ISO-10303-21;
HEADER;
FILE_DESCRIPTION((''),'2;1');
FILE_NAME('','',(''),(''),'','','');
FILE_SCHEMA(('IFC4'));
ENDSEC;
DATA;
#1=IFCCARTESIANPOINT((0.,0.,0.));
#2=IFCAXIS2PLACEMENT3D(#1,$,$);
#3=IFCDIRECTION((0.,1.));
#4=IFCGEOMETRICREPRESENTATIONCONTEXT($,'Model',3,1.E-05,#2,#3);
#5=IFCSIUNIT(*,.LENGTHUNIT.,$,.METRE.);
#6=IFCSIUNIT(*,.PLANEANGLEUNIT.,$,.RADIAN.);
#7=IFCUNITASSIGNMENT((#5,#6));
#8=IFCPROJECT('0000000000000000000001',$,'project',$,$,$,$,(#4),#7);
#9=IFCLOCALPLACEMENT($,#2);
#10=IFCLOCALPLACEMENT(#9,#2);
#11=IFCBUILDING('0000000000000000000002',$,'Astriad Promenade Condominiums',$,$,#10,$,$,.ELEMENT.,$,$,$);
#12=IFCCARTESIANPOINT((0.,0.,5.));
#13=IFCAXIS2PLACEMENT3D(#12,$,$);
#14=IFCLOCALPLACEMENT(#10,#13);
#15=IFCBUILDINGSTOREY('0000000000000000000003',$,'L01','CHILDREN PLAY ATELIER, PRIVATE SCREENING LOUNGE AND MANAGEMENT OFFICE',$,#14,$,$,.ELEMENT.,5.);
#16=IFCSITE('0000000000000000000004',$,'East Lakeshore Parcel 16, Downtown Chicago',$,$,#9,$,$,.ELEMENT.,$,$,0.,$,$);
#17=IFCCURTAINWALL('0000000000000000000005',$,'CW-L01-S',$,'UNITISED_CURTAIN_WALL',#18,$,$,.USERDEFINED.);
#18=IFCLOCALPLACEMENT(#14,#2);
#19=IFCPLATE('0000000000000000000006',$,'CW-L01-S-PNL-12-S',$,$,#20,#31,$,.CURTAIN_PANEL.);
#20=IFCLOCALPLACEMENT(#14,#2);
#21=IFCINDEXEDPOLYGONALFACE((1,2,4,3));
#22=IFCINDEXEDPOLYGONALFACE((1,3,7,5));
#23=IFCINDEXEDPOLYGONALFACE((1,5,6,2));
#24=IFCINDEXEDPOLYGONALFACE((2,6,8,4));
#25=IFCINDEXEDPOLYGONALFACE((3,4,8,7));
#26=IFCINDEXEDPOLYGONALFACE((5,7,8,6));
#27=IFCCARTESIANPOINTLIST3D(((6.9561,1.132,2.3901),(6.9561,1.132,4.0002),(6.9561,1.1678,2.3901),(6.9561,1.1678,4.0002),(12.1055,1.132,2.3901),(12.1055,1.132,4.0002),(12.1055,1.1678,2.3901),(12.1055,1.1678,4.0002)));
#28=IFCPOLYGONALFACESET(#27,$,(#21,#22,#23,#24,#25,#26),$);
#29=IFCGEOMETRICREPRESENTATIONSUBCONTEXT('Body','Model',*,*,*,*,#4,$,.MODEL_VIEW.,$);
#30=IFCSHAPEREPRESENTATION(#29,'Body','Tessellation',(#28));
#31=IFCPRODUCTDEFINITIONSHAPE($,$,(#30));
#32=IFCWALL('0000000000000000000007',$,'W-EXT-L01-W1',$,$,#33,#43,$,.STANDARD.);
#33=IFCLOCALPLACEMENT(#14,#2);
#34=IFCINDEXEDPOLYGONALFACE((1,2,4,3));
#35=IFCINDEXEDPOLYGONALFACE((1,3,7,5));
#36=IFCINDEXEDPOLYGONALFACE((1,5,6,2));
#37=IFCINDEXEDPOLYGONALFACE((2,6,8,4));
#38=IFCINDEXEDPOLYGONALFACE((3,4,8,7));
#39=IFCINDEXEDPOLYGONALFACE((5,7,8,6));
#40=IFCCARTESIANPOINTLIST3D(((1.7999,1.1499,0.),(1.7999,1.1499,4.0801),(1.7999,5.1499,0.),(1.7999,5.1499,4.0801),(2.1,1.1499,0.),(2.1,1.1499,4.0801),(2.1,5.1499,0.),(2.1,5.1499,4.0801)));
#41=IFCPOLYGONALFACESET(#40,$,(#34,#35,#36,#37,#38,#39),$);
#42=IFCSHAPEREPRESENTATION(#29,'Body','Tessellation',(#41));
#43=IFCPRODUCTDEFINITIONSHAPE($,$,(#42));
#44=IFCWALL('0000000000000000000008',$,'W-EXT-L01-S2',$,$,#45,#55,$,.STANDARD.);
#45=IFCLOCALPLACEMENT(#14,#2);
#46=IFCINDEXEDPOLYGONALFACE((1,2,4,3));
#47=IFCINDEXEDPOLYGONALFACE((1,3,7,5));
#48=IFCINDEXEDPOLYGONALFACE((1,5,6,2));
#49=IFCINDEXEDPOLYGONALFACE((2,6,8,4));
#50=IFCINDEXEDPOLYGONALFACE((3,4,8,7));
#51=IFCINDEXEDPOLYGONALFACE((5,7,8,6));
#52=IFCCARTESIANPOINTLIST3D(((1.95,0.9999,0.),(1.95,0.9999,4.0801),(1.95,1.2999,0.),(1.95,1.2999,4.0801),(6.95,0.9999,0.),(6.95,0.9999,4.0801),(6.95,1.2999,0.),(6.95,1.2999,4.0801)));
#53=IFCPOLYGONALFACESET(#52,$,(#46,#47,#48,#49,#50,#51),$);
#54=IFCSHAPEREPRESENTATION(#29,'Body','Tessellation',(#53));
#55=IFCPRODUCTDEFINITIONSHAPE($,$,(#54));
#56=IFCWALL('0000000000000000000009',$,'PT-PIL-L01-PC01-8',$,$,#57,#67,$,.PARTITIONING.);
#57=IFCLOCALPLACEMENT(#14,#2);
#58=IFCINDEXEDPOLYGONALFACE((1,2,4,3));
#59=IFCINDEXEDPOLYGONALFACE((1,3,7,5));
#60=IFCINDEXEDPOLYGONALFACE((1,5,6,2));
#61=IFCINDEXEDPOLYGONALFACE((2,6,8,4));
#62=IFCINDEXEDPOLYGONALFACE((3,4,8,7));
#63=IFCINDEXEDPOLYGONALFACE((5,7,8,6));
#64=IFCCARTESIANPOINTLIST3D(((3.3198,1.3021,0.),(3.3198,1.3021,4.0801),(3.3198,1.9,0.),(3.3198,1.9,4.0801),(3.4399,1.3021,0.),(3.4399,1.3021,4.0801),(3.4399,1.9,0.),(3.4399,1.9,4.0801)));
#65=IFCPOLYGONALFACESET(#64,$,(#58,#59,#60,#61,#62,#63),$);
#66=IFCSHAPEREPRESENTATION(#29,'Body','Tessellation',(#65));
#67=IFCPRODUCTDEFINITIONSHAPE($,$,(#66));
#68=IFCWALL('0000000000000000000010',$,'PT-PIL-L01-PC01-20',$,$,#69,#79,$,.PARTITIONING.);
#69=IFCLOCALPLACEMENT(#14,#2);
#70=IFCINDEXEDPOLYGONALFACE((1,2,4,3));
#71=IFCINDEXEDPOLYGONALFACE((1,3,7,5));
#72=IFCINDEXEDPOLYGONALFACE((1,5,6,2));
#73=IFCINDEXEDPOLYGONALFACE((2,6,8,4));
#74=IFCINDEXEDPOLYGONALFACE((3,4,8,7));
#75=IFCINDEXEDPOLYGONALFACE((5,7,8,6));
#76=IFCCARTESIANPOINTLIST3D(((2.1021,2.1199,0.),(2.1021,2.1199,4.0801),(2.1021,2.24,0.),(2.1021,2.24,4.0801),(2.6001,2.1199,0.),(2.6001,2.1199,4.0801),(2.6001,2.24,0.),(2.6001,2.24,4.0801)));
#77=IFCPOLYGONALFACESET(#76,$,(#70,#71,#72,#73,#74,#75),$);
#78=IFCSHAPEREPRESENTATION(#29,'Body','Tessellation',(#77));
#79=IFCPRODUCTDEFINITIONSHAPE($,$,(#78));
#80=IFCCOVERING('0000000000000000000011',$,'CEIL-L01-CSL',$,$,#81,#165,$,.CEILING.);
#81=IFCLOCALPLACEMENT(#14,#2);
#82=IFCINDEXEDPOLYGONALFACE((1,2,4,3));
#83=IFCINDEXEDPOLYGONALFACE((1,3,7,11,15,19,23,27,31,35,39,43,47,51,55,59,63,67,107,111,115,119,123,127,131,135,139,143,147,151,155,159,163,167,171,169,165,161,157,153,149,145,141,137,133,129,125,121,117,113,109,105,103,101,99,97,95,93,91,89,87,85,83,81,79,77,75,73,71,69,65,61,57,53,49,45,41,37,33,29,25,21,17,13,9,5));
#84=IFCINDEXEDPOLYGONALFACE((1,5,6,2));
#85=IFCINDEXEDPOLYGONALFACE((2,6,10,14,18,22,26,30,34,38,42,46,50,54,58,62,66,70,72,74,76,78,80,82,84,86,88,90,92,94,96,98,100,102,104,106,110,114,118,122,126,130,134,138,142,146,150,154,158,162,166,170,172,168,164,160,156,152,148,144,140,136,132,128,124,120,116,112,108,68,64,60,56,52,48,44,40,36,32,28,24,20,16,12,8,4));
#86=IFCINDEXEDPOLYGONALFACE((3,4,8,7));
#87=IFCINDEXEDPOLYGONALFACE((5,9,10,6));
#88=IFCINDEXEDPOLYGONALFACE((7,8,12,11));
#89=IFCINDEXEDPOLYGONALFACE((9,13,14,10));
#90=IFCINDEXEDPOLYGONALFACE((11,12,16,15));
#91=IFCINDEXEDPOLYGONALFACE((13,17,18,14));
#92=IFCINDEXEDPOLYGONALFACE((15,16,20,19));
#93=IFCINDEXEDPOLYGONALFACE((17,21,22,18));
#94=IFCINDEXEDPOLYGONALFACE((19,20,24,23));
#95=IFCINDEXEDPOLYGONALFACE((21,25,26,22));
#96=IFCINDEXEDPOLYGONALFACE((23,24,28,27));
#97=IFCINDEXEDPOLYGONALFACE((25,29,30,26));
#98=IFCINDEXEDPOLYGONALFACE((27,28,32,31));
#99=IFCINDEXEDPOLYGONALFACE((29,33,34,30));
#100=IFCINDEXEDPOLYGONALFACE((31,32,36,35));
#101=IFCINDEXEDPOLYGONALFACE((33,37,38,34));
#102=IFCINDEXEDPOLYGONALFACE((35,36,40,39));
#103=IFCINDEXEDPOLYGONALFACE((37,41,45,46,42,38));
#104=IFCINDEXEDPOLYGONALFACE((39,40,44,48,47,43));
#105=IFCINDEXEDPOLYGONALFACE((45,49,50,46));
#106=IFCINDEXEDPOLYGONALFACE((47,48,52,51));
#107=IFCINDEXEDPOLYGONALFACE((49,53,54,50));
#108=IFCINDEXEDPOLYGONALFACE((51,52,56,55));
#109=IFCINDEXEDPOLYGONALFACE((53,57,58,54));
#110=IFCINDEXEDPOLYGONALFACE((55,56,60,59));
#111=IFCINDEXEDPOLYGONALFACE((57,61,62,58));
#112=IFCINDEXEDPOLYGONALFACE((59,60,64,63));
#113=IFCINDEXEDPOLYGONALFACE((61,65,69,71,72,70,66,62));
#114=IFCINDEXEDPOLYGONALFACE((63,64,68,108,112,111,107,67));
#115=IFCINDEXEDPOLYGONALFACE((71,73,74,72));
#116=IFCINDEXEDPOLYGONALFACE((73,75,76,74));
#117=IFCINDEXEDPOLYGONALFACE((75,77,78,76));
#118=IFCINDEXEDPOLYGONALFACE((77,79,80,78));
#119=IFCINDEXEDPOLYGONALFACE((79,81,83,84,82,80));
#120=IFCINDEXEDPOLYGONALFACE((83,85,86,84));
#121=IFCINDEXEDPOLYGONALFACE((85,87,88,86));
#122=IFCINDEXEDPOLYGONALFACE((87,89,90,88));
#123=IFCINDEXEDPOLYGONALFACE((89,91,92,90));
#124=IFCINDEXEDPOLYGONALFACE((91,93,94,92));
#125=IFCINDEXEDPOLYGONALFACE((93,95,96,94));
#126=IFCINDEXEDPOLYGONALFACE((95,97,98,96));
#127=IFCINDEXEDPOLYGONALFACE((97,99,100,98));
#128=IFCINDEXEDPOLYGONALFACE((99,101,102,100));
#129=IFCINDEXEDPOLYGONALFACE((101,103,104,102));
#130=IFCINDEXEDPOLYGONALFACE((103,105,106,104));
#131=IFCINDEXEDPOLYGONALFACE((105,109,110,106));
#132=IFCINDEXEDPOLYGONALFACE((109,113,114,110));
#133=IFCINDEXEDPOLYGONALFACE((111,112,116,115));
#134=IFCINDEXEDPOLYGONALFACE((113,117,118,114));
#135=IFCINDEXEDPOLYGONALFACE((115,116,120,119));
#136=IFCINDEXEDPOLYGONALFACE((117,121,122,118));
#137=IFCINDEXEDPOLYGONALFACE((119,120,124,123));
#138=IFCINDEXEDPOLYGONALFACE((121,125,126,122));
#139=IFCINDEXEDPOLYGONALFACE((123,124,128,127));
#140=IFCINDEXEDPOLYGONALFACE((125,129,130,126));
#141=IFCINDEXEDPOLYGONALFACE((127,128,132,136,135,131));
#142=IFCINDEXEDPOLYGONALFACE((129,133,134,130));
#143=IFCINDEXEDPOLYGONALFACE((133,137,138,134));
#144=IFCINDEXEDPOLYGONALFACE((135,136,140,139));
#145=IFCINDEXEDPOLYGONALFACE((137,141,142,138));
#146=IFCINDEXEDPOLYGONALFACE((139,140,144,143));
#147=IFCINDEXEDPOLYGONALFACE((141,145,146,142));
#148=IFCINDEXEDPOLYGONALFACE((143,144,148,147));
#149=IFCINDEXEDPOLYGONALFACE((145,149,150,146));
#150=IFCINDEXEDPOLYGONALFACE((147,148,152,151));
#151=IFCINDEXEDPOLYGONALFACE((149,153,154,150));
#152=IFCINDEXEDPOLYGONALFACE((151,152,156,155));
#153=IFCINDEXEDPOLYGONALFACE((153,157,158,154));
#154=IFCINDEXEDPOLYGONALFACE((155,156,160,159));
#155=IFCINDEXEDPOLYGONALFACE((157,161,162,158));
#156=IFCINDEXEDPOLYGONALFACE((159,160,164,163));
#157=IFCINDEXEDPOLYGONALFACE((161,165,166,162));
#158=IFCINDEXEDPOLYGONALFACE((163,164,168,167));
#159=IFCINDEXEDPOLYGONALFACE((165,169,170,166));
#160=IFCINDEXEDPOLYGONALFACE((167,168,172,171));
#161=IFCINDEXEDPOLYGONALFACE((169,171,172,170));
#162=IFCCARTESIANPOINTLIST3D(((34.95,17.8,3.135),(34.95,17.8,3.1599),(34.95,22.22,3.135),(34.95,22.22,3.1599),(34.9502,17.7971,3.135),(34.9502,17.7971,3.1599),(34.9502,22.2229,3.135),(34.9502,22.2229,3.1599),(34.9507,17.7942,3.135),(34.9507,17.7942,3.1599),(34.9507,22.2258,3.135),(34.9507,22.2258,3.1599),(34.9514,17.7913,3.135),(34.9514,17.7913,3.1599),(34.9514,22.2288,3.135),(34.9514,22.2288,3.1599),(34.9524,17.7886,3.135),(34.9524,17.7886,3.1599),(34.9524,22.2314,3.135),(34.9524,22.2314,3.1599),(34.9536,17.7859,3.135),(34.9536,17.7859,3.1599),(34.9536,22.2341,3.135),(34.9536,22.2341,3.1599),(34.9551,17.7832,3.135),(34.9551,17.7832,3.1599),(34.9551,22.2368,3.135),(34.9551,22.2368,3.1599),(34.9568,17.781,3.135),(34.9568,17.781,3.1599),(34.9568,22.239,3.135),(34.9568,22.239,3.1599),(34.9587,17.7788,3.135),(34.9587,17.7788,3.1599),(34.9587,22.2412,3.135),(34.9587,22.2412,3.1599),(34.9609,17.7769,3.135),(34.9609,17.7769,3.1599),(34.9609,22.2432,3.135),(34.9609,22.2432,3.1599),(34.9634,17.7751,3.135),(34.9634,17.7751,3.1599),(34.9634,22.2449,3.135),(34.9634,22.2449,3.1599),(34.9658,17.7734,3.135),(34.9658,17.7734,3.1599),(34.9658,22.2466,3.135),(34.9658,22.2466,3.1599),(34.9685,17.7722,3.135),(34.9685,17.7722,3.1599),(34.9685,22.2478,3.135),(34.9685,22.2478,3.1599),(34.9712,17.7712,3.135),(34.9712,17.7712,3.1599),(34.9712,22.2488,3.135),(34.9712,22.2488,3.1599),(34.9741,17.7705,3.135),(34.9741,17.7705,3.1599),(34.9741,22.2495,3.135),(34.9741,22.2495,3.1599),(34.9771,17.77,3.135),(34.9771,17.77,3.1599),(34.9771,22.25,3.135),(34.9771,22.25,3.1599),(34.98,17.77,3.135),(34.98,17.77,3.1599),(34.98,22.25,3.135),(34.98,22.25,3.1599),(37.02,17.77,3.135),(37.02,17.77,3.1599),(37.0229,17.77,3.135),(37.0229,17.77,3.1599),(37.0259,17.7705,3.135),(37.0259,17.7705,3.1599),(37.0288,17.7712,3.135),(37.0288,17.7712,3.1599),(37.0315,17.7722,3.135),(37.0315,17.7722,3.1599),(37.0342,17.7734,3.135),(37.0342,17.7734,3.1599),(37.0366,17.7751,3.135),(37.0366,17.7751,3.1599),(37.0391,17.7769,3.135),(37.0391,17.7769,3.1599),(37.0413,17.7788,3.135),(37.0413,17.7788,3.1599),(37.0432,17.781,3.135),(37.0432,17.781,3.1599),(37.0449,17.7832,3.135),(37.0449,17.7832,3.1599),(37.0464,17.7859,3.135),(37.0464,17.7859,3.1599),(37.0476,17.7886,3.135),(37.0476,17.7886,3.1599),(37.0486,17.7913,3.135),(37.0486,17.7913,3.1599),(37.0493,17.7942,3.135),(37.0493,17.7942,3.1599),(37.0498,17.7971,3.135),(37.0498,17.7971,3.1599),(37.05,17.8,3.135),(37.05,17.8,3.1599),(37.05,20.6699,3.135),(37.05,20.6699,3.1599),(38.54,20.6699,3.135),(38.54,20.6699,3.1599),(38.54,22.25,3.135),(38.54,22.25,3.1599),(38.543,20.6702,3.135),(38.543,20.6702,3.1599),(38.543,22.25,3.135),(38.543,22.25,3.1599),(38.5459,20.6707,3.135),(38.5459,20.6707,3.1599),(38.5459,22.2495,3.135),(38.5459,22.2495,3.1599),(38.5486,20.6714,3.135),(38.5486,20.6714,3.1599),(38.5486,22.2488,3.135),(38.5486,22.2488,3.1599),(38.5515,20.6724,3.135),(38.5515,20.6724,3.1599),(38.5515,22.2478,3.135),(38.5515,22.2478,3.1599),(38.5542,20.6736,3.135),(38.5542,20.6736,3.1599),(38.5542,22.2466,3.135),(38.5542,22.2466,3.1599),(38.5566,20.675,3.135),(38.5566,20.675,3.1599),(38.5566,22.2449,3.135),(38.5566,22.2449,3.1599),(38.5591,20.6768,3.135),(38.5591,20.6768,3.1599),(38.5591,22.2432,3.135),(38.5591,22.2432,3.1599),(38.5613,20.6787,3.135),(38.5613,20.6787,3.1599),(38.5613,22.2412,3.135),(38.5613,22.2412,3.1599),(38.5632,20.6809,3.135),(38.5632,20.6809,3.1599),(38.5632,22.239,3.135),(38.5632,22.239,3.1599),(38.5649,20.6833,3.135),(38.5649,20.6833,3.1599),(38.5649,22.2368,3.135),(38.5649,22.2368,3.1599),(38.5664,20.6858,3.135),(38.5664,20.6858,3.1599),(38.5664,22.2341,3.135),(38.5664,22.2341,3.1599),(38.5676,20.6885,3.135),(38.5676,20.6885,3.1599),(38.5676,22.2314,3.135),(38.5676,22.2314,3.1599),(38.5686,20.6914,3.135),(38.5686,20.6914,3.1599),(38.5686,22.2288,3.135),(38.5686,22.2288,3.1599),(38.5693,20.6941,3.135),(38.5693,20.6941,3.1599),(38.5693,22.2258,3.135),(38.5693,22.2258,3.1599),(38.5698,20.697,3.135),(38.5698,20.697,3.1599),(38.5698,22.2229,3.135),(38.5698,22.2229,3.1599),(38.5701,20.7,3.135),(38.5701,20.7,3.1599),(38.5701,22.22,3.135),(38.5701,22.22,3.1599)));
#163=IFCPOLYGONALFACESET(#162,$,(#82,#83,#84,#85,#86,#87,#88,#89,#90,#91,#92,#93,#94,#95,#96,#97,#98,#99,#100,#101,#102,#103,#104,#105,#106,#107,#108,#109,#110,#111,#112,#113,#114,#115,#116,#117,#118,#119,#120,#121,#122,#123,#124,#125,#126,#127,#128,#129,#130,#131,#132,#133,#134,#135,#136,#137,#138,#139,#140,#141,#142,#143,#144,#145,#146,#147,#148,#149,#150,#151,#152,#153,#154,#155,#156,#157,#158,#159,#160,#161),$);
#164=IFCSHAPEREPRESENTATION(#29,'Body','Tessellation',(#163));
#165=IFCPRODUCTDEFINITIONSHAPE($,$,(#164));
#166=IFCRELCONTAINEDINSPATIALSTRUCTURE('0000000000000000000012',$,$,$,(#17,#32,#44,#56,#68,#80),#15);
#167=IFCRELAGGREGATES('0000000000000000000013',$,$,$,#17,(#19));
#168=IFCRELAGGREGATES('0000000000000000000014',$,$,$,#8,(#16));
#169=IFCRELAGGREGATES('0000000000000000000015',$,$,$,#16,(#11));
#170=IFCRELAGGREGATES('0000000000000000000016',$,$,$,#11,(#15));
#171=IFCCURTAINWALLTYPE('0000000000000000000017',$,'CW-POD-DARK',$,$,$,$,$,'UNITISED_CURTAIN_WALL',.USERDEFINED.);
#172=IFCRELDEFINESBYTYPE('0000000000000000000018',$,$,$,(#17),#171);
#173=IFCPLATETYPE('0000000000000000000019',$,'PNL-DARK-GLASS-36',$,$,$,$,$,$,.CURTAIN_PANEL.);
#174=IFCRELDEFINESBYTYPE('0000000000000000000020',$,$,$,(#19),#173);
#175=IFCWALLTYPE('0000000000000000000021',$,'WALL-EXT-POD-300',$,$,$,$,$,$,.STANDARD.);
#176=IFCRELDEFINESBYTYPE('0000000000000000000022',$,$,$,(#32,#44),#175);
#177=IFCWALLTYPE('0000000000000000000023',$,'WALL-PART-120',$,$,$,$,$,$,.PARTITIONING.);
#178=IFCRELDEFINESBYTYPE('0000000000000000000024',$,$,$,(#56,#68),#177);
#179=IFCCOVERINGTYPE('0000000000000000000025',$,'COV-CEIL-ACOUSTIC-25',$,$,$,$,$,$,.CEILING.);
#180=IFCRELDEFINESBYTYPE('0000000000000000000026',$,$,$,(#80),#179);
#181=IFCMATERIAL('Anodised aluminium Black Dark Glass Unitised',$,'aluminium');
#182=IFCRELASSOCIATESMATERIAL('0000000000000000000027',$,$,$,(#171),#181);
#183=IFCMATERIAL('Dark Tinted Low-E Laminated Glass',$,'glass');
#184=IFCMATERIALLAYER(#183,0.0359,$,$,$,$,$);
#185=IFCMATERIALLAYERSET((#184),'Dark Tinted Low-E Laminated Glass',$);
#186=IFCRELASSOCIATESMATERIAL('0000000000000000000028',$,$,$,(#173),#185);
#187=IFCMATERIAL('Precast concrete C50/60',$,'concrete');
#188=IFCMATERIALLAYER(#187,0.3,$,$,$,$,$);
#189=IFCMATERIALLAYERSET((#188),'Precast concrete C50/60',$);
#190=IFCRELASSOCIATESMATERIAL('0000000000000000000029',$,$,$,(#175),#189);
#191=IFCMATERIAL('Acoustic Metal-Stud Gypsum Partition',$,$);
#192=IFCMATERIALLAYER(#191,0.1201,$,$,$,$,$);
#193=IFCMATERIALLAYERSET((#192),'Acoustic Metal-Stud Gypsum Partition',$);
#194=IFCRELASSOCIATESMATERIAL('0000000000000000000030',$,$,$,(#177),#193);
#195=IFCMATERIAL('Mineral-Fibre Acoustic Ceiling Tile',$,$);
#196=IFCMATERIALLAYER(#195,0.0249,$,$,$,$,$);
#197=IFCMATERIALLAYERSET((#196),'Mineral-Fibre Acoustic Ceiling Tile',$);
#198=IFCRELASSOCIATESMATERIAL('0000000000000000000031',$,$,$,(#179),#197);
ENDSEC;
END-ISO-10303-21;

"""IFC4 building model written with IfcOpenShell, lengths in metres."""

from ifc_helpers import new_model, si_unit, direction, frame, frame_2d, origin, origin_2d, place, context, subcontext, project, spatial, polyline, rectangle, outline, extrude, source, transform, mapped, material, layer, layer_set, type_object, element, aggregate, save


model = new_model("IFC4")

# Units and contexts
model_context = context("Model", 3, precision=1e-05, world=origin(), true_north=direction((0.0, 1.0)))
body_context = subcontext(model_context, "Body", "Model", "MODEL_VIEW")
ifc_project = project(units=[si_unit("LENGTHUNIT", "METRE"), si_unit("PLANEANGLEUNIT", "RADIAN")], contexts=[model_context])

# Site, building, storey
site_placement = place(None, origin())
site = spatial("IfcSite", under=ifc_project, at=site_placement, Name="East Lakeshore Parcel 16, Downtown Chicago", CompositionType="ELEMENT", RefElevation=0.0)
building_placement = place(site_placement, origin())
building = spatial("IfcBuilding", under=site, at=building_placement, Name="Astriad Promenade Condominiums", CompositionType="ELEMENT")
storey_placement = place(building_placement, frame((0.0, 0.0, 5.0)))
storey = spatial("IfcBuildingStorey", under=building, at=storey_placement, Name="L01", Description="CHILDREN PLAY ATELIER, PRIVATE SCREENING LOUNGE AND MANAGEMENT OFFICE", CompositionType="ELEMENT", Elevation=5.0)

# Curtain wall
ifc_material_1 = material(Name="Anodised aluminium Black Dark Glass Unitised", Category="aluminium")
curtain_wall_type = type_object("IfcCurtainWallType", Name="CW-POD-DARK", ElementType="UNITISED_CURTAIN_WALL", PredefinedType="USERDEFINED", material=ifc_material_1)
curtain_wall_placement = place(storey_placement, origin())
curtain_wall = element("IfcCurtainWall", 1, at=curtain_wall_placement, inside=storey, type_object=curtain_wall_type, Name="CW-L01-S", ObjectType="UNITISED_CURTAIN_WALL", PredefinedType="USERDEFINED")

# Plate
ifc_material_2 = material(Name="Dark Tinted Low-E Laminated Glass", Category="glass")
ifc_layer_1 = layer(ifc_material_2, 0.0359)
ifc_layer_set_1 = layer_set([ifc_layer_1], Name="Dark Tinted Low-E Laminated Glass")
plate_type = type_object("IfcPlateType", Name="PNL-DARK-GLASS-36", PredefinedType="CURTAIN_PANEL", material=ifc_layer_set_1)
shared_shape_1 = source(origin(), body_context, "Body", "SweptSolid", [
    extrude(rectangle(XDim=5.1494, YDim=0.0359, at=origin_2d()), origin(), (0.0, 0.0, 1.0), 1.6101),
])
plate_1_placement = place(storey_placement, frame((9.5308, 1.1499, 2.3901), z_axis=(0.0, 0.0, 1.0), x_axis=(-1.0, 0.0, 0.0)))
plate_1 = element("IfcPlate", 2, at=plate_1_placement, type_object=plate_type, Name="CW-L01-S-PNL-12-S", PredefinedType="CURTAIN_PANEL", context=body_context, shape_type="MappedRepresentation", body=[
    mapped(shared_shape_1, transform((0.0, 0.0, 0.0), scale=1.0)),
])
aggregate(curtain_wall, [plate_1])

# Walls
ifc_material_3 = material(Name="Precast concrete C50/60", Category="concrete")
ifc_layer_2 = layer(ifc_material_3, 0.3)
ifc_layer_set_2 = layer_set([ifc_layer_2], Name="Precast concrete C50/60")
wall_type_1 = type_object("IfcWallType", Name="WALL-EXT-POD-300", PredefinedType="STANDARD", material=ifc_layer_set_2)
wall_1_placement = place(storey_placement, frame((1.95, 1.1499, 0.0), z_axis=(0.0, 0.0, 1.0), x_axis=(0.0, 1.0, 0.0)))
element("IfcWall", 3, at=wall_1_placement, inside=storey, type_object=wall_type_1, Name="W-EXT-L01-W1", PredefinedType="STANDARD", context=body_context, shape_type="SweptSolid", body=[
    extrude(rectangle(XDim=4.0, YDim=0.3, at=frame_2d((2.0, 0.0))), origin(), (0.0, 0.0, 1.0), 4.0801),
])
wall_2_placement = place(storey_placement, frame((6.95, 1.1499, 0.0), z_axis=(0.0, 0.0, 1.0), x_axis=(-1.0, 0.0, 0.0)))
element("IfcWall", 4, at=wall_2_placement, inside=storey, type_object=wall_type_1, Name="W-EXT-L01-S2", PredefinedType="STANDARD", context=body_context, shape_type="SweptSolid", body=[
    extrude(rectangle(XDim=5.0, YDim=0.3, at=frame_2d((2.5, 0.0))), origin(), (0.0, 0.0, 1.0), 4.0801),
])
ifc_material_4 = material(Name="Acoustic Metal-Stud Gypsum Partition")
ifc_layer_3 = layer(ifc_material_4, 0.1201)
ifc_layer_set_3 = layer_set([ifc_layer_3], Name="Acoustic Metal-Stud Gypsum Partition")
wall_type_2 = type_object("IfcWallType", Name="WALL-PART-120", PredefinedType="PARTITIONING", material=ifc_layer_set_3)
wall_3_placement = place(storey_placement, frame((3.3799, 1.8999, 0.0), z_axis=(0.0, 0.0, 1.0), x_axis=(0.0, -1.0, 0.0)))
element("IfcWall", 5, at=wall_3_placement, inside=storey, type_object=wall_type_2, Name="PT-PIL-L01-PC01-8", PredefinedType="PARTITIONING", context=body_context, shape_type="SweptSolid", body=[
    extrude(rectangle(XDim=0.5979, YDim=0.1201, at=frame_2d((0.2988, 0.0))), origin(), (0.0, 0.0, 1.0), 4.0801),
])
wall_4_placement = place(storey_placement, frame((2.6001, 2.1799, 0.0), z_axis=(0.0, 0.0, 1.0), x_axis=(-1.0, 0.0, 0.0)))
element("IfcWall", 6, at=wall_4_placement, inside=storey, type_object=wall_type_2, Name="PT-PIL-L01-PC01-20", PredefinedType="PARTITIONING", context=body_context, shape_type="SweptSolid", body=[
    extrude(rectangle(XDim=0.498, YDim=0.1201, at=frame_2d((0.249, 0.0))), origin(), (0.0, 0.0, 1.0), 4.0801),
])

# Covering
ifc_material_5 = material(Name="Mineral-Fibre Acoustic Ceiling Tile")
ifc_layer_4 = layer(ifc_material_5, 0.0249)
ifc_layer_set_4 = layer_set([ifc_layer_4], Name="Mineral-Fibre Acoustic Ceiling Tile")
covering_type_1 = type_object("IfcCoveringType", Name="COV-CEIL-ACOUSTIC-25", PredefinedType="CEILING", material=ifc_layer_set_4)
covering_1_placement = place(storey_placement, frame((0.0, 0.0, 3.135)))
element("IfcCovering", 7, at=covering_1_placement, inside=storey, type_object=covering_type_1, Name="CEIL-L01-CSL", PredefinedType="CEILING", context=body_context, shape_type="SweptSolid", body=[
    extrude(outline(polyline([(37.05, 17.8), (37.0498, 17.7971), (37.0493, 17.7942), (37.0486, 17.7913), (37.0476, 17.7886), (37.0464, 17.7859), (37.0449, 17.7832), (37.0432, 17.781), (37.0413, 17.7788), (37.0391, 17.7769), (37.0366, 17.7751), (37.0342, 17.7734), (37.0315, 17.7722), (37.0288, 17.7712), (37.0259, 17.7705), (37.0229, 17.77), (37.02, 17.77), (34.98, 17.77), (34.9771, 17.77), (34.9741, 17.7705), (34.9712, 17.7712), (34.9685, 17.7722), (34.9658, 17.7734), (34.9634, 17.7751), (34.9609, 17.7769), (34.9587, 17.7788), (34.9568, 17.781), (34.9551, 17.7832), (34.9536, 17.7859), (34.9524, 17.7886), (34.9514, 17.7913), (34.9507, 17.7942), (34.9502, 17.7971), (34.95, 17.8), (34.95, 22.22), (34.9502, 22.2229), (34.9507, 22.2258), (34.9514, 22.2288), (34.9524, 22.2314), (34.9536, 22.2341), (34.9551, 22.2368), (34.9568, 22.239), (34.9587, 22.2412), (34.9609, 22.2432), (34.9634, 22.2449), (34.9658, 22.2466), (34.9685, 22.2478), (34.9712, 22.2488), (34.9741, 22.2495), (34.9771, 22.25), (34.98, 22.25), (38.54, 22.25), (38.543, 22.25), (38.5459, 22.2495), (38.5486, 22.2488), (38.5515, 22.2478), (38.5542, 22.2466), (38.5566, 22.2449), (38.5591, 22.2432), (38.5613, 22.2412), (38.5632, 22.239), (38.5649, 22.2368), (38.5664, 22.2341), (38.5676, 22.2314), (38.5686, 22.2288), (38.5693, 22.2258), (38.5698, 22.2229), (38.5701, 22.22), (38.5701, 20.7), (38.5698, 20.697), (38.5693, 20.6941), (38.5686, 20.6914), (38.5676, 20.6885), (38.5664, 20.6858), (38.5649, 20.6833), (38.5632, 20.6809), (38.5613, 20.6787), (38.5591, 20.6768), (38.5566, 20.675), (38.5542, 20.6736), (38.5515, 20.6724), (38.5486, 20.6714), (38.5459, 20.6707), (38.543, 20.6702), (38.54, 20.6699), (37.05, 20.6699), (37.05, 17.8)])), origin(), (0.0, 0.0, 1.0), 0.0249),
])

save(model, "model.ifc")
